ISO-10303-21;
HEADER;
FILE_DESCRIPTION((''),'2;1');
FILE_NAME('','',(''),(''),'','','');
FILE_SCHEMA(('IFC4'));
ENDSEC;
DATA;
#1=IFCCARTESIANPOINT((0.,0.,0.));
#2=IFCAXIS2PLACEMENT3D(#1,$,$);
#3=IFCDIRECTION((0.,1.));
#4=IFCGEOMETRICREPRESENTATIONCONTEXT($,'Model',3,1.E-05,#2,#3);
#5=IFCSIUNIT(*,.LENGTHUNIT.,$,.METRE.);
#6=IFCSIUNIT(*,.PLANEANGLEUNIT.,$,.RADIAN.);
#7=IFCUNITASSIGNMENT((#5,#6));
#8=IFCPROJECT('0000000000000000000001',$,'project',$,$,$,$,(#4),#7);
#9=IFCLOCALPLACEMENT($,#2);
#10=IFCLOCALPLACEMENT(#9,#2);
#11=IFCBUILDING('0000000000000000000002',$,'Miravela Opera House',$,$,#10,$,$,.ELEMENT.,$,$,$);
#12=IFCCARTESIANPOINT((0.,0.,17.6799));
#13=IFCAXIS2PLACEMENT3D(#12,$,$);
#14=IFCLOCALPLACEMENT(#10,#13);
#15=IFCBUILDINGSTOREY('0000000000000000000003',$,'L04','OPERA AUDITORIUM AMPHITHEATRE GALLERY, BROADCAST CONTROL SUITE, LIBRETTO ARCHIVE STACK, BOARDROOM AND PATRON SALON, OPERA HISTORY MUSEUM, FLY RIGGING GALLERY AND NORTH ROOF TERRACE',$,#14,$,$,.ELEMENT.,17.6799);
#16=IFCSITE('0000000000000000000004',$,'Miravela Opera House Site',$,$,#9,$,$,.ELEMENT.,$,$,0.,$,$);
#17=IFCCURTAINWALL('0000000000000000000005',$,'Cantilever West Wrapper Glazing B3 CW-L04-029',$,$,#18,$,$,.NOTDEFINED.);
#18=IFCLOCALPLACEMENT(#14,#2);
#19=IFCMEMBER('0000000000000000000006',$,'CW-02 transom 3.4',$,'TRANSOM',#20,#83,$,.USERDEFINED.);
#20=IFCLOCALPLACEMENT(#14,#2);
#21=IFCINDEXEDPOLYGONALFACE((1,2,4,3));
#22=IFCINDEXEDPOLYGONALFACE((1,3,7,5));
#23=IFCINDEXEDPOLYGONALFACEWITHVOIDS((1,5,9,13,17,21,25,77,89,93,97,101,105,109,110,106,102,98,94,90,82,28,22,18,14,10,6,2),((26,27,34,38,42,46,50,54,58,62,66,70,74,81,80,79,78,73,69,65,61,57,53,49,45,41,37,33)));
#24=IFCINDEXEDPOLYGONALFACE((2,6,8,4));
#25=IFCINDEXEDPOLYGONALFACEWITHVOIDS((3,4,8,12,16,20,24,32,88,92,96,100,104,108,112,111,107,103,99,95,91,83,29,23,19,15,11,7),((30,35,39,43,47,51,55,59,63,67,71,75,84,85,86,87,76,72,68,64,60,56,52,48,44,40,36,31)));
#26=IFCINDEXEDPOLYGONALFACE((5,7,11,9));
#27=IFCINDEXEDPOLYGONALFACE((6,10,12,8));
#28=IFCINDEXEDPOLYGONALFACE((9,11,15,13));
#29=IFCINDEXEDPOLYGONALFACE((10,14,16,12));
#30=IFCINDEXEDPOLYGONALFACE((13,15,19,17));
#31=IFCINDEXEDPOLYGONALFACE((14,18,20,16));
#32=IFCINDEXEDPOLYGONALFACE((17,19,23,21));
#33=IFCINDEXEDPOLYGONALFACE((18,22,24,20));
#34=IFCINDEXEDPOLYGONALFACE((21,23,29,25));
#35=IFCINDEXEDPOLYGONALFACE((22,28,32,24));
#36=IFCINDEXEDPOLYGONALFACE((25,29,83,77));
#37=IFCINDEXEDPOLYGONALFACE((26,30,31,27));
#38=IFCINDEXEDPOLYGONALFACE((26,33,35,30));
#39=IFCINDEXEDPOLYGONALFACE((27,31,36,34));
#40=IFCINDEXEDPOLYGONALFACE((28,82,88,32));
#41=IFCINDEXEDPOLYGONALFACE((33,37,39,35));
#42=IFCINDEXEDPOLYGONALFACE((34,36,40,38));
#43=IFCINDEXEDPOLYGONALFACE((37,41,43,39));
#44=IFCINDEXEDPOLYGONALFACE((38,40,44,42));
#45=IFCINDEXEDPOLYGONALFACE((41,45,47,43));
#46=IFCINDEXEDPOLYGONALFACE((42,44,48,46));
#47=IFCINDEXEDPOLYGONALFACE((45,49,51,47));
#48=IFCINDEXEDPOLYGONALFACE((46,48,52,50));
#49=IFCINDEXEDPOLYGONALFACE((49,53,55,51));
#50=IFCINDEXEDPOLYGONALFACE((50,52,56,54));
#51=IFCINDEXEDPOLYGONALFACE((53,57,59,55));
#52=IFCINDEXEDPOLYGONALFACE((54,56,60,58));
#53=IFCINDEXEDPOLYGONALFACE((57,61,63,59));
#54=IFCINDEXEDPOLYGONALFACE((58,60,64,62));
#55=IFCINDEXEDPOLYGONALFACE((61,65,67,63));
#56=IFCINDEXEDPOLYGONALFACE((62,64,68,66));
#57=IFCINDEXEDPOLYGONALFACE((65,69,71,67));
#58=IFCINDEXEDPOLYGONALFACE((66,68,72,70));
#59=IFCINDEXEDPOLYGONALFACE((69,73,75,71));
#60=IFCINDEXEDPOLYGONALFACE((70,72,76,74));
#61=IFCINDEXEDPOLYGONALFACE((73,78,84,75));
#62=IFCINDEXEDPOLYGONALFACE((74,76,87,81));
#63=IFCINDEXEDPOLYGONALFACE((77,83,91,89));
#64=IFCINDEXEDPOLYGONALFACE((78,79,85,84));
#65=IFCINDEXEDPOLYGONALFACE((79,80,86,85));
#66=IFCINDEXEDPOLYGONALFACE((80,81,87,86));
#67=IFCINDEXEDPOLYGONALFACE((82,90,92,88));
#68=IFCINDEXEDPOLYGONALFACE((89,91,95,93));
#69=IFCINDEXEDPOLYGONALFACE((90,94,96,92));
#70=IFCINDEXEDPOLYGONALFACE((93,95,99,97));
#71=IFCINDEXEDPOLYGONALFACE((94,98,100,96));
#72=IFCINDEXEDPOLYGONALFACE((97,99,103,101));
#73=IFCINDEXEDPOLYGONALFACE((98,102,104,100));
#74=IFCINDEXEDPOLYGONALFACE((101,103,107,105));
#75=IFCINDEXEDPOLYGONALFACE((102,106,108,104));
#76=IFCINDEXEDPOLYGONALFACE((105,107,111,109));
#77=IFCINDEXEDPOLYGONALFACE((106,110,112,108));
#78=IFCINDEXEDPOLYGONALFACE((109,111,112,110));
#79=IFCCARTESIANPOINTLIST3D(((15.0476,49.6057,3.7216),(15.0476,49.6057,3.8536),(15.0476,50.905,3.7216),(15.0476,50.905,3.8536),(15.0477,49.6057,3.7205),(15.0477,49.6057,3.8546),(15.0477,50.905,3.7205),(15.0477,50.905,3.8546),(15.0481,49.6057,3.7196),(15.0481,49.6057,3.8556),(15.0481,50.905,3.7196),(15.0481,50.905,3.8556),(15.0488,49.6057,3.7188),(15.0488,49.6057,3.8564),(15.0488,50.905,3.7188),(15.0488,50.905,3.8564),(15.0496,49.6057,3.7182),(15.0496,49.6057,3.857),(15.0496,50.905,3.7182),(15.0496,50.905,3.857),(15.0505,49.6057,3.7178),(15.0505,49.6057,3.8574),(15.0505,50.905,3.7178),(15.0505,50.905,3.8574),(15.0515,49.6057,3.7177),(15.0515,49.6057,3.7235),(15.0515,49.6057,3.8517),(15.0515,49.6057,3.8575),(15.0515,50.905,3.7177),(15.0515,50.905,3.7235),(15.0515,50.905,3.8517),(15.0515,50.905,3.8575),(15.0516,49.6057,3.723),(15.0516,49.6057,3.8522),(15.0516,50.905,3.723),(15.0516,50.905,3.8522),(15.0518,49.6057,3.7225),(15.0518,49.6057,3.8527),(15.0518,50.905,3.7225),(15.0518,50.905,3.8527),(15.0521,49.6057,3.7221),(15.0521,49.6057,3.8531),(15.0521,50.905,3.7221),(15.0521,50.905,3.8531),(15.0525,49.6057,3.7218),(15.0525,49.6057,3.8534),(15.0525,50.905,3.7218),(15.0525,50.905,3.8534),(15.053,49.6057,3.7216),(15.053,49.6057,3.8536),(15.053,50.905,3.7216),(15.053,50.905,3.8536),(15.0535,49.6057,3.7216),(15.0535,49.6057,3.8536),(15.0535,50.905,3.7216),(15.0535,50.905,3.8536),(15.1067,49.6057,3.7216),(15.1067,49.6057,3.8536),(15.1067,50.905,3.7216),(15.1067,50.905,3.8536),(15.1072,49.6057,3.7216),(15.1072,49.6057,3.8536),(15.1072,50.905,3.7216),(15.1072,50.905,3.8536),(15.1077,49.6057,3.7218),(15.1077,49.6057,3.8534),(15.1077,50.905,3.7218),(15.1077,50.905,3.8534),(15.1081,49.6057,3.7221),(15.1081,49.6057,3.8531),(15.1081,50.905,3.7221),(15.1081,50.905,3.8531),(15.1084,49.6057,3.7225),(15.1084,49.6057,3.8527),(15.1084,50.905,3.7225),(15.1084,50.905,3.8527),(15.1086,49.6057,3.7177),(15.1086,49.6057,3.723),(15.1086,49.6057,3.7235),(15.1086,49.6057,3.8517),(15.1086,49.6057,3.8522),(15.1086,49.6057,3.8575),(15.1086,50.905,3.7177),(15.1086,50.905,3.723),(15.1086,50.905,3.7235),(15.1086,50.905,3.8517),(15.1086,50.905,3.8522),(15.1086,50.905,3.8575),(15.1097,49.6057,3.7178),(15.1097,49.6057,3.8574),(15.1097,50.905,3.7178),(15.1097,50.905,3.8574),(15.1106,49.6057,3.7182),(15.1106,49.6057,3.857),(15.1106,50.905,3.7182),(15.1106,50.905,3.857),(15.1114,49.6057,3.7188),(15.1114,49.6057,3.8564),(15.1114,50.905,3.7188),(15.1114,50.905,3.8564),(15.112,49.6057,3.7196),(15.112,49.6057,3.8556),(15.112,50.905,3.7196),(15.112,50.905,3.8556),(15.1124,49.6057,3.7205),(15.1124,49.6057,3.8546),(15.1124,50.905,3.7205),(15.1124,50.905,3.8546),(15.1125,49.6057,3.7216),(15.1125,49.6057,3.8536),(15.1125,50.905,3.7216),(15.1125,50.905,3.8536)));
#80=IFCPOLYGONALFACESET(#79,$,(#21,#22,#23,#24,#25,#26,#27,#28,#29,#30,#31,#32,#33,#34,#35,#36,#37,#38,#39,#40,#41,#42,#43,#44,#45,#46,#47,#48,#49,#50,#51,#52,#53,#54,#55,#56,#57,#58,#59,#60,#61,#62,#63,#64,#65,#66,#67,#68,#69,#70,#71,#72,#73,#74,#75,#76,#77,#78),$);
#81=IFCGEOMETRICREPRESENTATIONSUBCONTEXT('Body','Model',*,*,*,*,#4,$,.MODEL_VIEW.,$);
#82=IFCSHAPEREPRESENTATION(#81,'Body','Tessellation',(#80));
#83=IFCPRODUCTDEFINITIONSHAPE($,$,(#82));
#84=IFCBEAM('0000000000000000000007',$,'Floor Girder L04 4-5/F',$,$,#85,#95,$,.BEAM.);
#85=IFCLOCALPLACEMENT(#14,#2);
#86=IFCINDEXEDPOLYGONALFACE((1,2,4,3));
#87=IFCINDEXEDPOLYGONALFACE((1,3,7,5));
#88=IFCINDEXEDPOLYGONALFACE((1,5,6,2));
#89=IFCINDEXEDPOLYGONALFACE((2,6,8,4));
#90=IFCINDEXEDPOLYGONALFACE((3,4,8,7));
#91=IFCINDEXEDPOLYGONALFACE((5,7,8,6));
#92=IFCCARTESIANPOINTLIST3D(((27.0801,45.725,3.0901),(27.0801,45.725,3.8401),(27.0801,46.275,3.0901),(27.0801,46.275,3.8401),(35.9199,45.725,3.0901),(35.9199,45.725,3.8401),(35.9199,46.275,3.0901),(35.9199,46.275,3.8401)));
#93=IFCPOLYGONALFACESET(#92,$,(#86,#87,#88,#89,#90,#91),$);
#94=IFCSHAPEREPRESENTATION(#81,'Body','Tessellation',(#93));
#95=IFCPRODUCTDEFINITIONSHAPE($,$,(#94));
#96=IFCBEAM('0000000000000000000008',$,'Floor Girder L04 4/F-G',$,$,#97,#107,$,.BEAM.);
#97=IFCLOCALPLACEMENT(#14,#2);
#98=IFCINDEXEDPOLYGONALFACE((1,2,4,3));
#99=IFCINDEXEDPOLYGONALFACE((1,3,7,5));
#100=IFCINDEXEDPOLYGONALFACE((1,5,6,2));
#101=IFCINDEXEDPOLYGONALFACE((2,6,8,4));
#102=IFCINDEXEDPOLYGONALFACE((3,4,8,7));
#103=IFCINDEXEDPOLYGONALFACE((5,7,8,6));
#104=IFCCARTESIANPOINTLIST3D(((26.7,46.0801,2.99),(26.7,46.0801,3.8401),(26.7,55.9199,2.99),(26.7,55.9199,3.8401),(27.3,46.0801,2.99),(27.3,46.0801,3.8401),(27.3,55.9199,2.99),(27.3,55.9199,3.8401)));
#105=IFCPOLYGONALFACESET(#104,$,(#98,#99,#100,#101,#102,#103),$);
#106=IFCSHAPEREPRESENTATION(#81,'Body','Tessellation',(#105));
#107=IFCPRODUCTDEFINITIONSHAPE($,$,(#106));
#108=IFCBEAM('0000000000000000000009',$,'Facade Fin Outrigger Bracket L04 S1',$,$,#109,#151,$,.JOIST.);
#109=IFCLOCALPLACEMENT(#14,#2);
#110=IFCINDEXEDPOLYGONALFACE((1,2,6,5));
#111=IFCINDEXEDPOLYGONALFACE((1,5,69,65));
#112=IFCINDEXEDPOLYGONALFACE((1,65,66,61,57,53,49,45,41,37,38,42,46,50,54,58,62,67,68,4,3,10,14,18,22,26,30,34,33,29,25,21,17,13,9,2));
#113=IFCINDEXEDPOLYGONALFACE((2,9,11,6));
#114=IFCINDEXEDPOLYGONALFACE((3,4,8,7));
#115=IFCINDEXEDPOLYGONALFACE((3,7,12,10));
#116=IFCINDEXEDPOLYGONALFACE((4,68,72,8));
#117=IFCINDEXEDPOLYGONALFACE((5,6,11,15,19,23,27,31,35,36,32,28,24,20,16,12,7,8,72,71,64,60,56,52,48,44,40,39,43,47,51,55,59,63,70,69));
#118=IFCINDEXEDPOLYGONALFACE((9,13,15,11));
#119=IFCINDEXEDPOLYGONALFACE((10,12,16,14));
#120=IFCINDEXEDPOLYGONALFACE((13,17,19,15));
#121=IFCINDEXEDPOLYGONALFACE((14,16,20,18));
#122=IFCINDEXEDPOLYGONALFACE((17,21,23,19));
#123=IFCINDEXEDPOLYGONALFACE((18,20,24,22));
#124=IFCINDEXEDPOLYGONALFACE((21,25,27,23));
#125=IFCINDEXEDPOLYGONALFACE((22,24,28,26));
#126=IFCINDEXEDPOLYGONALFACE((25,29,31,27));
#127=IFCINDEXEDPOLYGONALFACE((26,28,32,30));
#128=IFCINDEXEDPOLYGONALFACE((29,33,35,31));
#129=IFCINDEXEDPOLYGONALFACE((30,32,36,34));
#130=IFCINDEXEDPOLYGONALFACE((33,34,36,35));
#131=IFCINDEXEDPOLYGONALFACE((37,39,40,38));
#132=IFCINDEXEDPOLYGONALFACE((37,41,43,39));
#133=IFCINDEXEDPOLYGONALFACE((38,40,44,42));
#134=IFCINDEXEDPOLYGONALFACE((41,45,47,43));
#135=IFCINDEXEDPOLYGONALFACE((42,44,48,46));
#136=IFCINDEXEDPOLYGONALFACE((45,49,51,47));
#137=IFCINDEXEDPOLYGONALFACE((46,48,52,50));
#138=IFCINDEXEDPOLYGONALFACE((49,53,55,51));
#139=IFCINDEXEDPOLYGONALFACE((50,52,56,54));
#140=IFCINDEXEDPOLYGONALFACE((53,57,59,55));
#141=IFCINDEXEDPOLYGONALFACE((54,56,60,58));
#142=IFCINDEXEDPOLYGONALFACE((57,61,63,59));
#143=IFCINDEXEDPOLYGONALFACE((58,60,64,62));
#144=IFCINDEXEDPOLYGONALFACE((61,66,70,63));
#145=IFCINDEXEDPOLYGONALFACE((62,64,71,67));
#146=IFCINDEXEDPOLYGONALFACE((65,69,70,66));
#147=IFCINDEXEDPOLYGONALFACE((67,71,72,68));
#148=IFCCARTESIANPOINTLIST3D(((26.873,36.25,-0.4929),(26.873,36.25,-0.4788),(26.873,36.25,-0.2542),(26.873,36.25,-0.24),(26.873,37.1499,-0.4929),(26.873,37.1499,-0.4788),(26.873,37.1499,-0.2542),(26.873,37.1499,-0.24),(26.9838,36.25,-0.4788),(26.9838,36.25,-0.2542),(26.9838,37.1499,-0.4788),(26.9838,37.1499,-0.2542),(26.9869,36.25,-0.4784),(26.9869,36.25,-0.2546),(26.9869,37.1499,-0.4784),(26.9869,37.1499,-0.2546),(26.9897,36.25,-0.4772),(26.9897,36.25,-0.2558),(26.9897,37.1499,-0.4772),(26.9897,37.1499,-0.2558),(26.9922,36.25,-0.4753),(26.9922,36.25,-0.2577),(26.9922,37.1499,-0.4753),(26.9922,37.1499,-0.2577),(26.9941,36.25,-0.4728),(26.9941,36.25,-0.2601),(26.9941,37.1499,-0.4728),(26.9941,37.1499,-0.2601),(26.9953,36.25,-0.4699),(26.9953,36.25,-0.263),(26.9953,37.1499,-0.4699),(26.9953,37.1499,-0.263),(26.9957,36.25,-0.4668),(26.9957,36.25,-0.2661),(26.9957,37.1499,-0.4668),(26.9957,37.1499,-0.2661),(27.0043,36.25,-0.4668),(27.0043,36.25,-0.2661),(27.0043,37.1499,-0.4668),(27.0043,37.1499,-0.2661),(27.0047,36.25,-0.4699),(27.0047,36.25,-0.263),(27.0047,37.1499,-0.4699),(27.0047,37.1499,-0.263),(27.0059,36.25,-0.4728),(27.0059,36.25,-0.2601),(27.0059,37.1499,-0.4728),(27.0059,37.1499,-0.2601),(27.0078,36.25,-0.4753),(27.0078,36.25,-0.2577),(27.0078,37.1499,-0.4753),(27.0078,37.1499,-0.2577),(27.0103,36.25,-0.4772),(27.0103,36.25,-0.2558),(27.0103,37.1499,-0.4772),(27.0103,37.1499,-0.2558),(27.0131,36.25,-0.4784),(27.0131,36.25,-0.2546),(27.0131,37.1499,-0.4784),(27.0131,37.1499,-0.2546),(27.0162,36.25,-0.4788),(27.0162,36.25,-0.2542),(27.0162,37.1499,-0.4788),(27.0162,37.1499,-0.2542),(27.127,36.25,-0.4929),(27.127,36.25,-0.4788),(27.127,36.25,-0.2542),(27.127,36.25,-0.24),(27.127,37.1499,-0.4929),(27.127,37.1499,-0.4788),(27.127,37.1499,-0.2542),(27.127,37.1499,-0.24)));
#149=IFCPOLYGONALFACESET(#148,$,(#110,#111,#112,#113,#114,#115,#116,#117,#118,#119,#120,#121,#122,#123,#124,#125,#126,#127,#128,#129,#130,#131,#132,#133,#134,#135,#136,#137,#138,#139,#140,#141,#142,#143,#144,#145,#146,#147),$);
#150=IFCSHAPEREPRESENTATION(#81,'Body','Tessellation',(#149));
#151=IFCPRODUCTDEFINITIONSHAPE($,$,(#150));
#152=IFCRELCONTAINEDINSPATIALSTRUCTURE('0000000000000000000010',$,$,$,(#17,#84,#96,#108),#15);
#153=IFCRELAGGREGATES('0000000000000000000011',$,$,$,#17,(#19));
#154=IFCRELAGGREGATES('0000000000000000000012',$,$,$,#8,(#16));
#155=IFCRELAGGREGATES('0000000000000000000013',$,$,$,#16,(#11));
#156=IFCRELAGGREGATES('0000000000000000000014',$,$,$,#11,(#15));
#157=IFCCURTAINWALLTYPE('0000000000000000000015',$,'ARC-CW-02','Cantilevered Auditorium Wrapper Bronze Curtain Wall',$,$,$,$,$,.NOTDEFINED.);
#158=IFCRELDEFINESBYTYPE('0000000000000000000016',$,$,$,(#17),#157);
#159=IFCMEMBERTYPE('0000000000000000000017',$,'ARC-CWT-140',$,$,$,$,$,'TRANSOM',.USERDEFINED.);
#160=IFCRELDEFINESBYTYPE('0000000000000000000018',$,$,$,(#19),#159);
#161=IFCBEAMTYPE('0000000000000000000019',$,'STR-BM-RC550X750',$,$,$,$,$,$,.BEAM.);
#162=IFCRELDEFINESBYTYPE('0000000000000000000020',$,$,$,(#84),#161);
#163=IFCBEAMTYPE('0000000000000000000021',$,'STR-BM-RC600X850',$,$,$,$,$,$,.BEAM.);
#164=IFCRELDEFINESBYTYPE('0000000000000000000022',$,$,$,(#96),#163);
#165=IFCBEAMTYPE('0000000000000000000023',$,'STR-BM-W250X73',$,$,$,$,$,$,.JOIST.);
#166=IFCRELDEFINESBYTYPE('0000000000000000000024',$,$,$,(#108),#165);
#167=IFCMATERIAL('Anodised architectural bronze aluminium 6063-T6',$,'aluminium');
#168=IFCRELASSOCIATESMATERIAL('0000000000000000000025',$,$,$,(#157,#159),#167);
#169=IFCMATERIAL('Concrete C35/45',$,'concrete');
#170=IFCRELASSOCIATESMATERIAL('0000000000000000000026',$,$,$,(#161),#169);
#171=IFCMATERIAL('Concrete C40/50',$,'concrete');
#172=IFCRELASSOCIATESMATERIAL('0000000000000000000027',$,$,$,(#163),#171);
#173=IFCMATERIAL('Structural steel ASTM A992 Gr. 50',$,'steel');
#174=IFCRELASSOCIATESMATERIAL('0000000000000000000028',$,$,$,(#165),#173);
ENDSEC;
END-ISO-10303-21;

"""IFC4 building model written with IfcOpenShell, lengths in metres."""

from ifc_helpers import new_model, si_unit, direction, frame, origin, origin_2d, place, context, subcontext, project, spatial, rectangle, hollow_rectangle, i_section, extrude, material, material_profile, profile_set, type_object, element, aggregate, save


model = new_model("IFC4")

# Units and contexts
model_context = context("Model", 3, precision=1e-05, world=origin(), true_north=direction((0.0, 1.0)))
body_context = subcontext(model_context, "Body", "Model", "MODEL_VIEW")
ifc_project = project(units=[si_unit("LENGTHUNIT", "METRE"), si_unit("PLANEANGLEUNIT", "RADIAN")], contexts=[model_context])

# Site, building, storey
site_placement = place(None, origin())
site = spatial("IfcSite", under=ifc_project, at=site_placement, Name="Miravela Opera House Site", CompositionType="ELEMENT", RefElevation=0.0)
building_placement = place(site_placement, origin())
building = spatial("IfcBuilding", under=site, at=building_placement, Name="Miravela Opera House", CompositionType="ELEMENT")
storey_placement = place(building_placement, frame((0.0, 0.0, 17.6799)))
storey = spatial("IfcBuildingStorey", under=building, at=storey_placement, Name="L04", Description="OPERA AUDITORIUM AMPHITHEATRE GALLERY, BROADCAST CONTROL SUITE, LIBRETTO ARCHIVE STACK, BOARDROOM AND PATRON SALON, OPERA HISTORY MUSEUM, FLY RIGGING GALLERY AND NORTH ROOF TERRACE", CompositionType="ELEMENT", Elevation=17.6799)

# Shared definitions
ifc_material_1 = material(Name="Concrete C35/45", Category="concrete")

# Curtain wall
ifc_material_2 = material(Name="Anodised architectural bronze aluminium 6063-T6", Category="aluminium")
curtain_wall_type = type_object("IfcCurtainWallType", Name="ARC-CW-02", Description="Cantilevered Auditorium Wrapper Bronze Curtain Wall", PredefinedType="NOTDEFINED", material=ifc_material_2)
curtain_wall_1_placement = place(storey_placement, origin())
curtain_wall_1 = element("IfcCurtainWall", 1, at=curtain_wall_1_placement, inside=storey, type_object=curtain_wall_type, Name="Cantilever West Wrapper Glazing B3 CW-L04-029", PredefinedType="NOTDEFINED")

# Member
ifc_material_profile_1 = material_profile(ifc_material_2, hollow_rectangle(XDim=0.0649, YDim=0.1399, WallThickness=0.0039, InnerFilletRadius=0.002, OuterFilletRadius=0.0039, at=origin_2d()), Name="CWT-65X140")
ifc_profile_set_1 = profile_set([ifc_material_profile_1])
member_type_1 = type_object("IfcMemberType", Name="ARC-CWT-140", ElementType="TRANSOM", PredefinedType="USERDEFINED", material=ifc_profile_set_1)
member_1_placement = place(storey_placement, frame((15.0801, 49.6057, 3.7876), z_axis=(0.0, 1.0, 0.0), x_axis=(-1.0, 0.0, 0.0)))
member_1 = element("IfcMember", 2, at=member_1_placement, type_object=member_type_1, Name="CW-02 transom 3.4", ObjectType="TRANSOM", PredefinedType="USERDEFINED", context=body_context, shape_type="SweptSolid", body=[
    extrude(hollow_rectangle(XDim=0.0649, YDim=0.1399, WallThickness=0.0039, InnerFilletRadius=0.002, OuterFilletRadius=0.0039, at=origin_2d()), origin(), (0.0, 0.0, 1.0), 1.2993),
])

# Beams
ifc_material_profile_2 = material_profile(ifc_material_1, rectangle(XDim=0.55, YDim=0.75, at=origin_2d()), Name="RC-BM-550X750")
ifc_profile_set_2 = profile_set([ifc_material_profile_2])
beam_type_1 = type_object("IfcBeamType", Name="STR-BM-RC550X750", PredefinedType="BEAM", material=ifc_profile_set_2)
beam_1_placement = place(storey_placement, frame((27.0801, 46.0, 3.4651), z_axis=(1.0, 0.0, 0.0), x_axis=(0.0, 1.0, 0.0)))
element("IfcBeam", 3, at=beam_1_placement, inside=storey, type_object=beam_type_1, Name="Floor Girder L04 4-5/F", PredefinedType="BEAM", context=body_context, shape_type="SweptSolid", body=[
    extrude(rectangle(XDim=0.55, YDim=0.75, at=origin_2d()), origin(), (0.0, 0.0, 1.0), 8.8398),
])
ifc_material_3 = material(Name="Concrete C40/50", Category="concrete")
ifc_material_profile_3 = material_profile(ifc_material_3, rectangle(XDim=0.6001, YDim=0.8501, at=origin_2d()), Name="RC-BM-600X850")
ifc_profile_set_3 = profile_set([ifc_material_profile_3])
beam_type_2 = type_object("IfcBeamType", Name="STR-BM-RC600X850", PredefinedType="BEAM", material=ifc_profile_set_3)
beam_2_placement = place(storey_placement, frame((27.0, 46.0801, 3.415), z_axis=(0.0, 1.0, 0.0), x_axis=(-1.0, 0.0, 0.0)))
element("IfcBeam", 4, at=beam_2_placement, inside=storey, type_object=beam_type_2, Name="Floor Girder L04 4/F-G", PredefinedType="BEAM", context=body_context, shape_type="SweptSolid", body=[
    extrude(rectangle(XDim=0.6001, YDim=0.8501, at=origin_2d()), origin(), (0.0, 0.0, 1.0), 9.8398),
])
ifc_material_4 = material(Name="Structural steel ASTM A992 Gr. 50", Category="steel")
ifc_material_profile_4 = material_profile(ifc_material_4, i_section(OverallWidth=0.2539, OverallDepth=0.2529, WebThickness=0.0085, FlangeThickness=0.0142, FilletRadius=0.012, at=origin_2d()), Name="W250X73")
ifc_profile_set_4 = profile_set([ifc_material_profile_4])
beam_type_3 = type_object("IfcBeamType", Name="STR-BM-W250X73", PredefinedType="JOIST", material=ifc_profile_set_4)
beam_3_placement = place(storey_placement, frame((27.0, 37.1499, -0.3665), z_axis=(0.0, -1.0, 0.0), x_axis=(1.0, 0.0, 0.0)))
element("IfcBeam", 5, at=beam_3_placement, inside=storey, type_object=beam_type_3, Name="Facade Fin Outrigger Bracket L04 S1", PredefinedType="JOIST", context=body_context, shape_type="SweptSolid", body=[
    extrude(i_section(OverallWidth=0.2539, OverallDepth=0.2529, WebThickness=0.0085, FlangeThickness=0.0142, FilletRadius=0.012, at=origin_2d()), origin(), (0.0, 0.0, 1.0), 0.8999),
])

aggregate(curtain_wall_1, [member_1])

save(model, "model.ifc")
